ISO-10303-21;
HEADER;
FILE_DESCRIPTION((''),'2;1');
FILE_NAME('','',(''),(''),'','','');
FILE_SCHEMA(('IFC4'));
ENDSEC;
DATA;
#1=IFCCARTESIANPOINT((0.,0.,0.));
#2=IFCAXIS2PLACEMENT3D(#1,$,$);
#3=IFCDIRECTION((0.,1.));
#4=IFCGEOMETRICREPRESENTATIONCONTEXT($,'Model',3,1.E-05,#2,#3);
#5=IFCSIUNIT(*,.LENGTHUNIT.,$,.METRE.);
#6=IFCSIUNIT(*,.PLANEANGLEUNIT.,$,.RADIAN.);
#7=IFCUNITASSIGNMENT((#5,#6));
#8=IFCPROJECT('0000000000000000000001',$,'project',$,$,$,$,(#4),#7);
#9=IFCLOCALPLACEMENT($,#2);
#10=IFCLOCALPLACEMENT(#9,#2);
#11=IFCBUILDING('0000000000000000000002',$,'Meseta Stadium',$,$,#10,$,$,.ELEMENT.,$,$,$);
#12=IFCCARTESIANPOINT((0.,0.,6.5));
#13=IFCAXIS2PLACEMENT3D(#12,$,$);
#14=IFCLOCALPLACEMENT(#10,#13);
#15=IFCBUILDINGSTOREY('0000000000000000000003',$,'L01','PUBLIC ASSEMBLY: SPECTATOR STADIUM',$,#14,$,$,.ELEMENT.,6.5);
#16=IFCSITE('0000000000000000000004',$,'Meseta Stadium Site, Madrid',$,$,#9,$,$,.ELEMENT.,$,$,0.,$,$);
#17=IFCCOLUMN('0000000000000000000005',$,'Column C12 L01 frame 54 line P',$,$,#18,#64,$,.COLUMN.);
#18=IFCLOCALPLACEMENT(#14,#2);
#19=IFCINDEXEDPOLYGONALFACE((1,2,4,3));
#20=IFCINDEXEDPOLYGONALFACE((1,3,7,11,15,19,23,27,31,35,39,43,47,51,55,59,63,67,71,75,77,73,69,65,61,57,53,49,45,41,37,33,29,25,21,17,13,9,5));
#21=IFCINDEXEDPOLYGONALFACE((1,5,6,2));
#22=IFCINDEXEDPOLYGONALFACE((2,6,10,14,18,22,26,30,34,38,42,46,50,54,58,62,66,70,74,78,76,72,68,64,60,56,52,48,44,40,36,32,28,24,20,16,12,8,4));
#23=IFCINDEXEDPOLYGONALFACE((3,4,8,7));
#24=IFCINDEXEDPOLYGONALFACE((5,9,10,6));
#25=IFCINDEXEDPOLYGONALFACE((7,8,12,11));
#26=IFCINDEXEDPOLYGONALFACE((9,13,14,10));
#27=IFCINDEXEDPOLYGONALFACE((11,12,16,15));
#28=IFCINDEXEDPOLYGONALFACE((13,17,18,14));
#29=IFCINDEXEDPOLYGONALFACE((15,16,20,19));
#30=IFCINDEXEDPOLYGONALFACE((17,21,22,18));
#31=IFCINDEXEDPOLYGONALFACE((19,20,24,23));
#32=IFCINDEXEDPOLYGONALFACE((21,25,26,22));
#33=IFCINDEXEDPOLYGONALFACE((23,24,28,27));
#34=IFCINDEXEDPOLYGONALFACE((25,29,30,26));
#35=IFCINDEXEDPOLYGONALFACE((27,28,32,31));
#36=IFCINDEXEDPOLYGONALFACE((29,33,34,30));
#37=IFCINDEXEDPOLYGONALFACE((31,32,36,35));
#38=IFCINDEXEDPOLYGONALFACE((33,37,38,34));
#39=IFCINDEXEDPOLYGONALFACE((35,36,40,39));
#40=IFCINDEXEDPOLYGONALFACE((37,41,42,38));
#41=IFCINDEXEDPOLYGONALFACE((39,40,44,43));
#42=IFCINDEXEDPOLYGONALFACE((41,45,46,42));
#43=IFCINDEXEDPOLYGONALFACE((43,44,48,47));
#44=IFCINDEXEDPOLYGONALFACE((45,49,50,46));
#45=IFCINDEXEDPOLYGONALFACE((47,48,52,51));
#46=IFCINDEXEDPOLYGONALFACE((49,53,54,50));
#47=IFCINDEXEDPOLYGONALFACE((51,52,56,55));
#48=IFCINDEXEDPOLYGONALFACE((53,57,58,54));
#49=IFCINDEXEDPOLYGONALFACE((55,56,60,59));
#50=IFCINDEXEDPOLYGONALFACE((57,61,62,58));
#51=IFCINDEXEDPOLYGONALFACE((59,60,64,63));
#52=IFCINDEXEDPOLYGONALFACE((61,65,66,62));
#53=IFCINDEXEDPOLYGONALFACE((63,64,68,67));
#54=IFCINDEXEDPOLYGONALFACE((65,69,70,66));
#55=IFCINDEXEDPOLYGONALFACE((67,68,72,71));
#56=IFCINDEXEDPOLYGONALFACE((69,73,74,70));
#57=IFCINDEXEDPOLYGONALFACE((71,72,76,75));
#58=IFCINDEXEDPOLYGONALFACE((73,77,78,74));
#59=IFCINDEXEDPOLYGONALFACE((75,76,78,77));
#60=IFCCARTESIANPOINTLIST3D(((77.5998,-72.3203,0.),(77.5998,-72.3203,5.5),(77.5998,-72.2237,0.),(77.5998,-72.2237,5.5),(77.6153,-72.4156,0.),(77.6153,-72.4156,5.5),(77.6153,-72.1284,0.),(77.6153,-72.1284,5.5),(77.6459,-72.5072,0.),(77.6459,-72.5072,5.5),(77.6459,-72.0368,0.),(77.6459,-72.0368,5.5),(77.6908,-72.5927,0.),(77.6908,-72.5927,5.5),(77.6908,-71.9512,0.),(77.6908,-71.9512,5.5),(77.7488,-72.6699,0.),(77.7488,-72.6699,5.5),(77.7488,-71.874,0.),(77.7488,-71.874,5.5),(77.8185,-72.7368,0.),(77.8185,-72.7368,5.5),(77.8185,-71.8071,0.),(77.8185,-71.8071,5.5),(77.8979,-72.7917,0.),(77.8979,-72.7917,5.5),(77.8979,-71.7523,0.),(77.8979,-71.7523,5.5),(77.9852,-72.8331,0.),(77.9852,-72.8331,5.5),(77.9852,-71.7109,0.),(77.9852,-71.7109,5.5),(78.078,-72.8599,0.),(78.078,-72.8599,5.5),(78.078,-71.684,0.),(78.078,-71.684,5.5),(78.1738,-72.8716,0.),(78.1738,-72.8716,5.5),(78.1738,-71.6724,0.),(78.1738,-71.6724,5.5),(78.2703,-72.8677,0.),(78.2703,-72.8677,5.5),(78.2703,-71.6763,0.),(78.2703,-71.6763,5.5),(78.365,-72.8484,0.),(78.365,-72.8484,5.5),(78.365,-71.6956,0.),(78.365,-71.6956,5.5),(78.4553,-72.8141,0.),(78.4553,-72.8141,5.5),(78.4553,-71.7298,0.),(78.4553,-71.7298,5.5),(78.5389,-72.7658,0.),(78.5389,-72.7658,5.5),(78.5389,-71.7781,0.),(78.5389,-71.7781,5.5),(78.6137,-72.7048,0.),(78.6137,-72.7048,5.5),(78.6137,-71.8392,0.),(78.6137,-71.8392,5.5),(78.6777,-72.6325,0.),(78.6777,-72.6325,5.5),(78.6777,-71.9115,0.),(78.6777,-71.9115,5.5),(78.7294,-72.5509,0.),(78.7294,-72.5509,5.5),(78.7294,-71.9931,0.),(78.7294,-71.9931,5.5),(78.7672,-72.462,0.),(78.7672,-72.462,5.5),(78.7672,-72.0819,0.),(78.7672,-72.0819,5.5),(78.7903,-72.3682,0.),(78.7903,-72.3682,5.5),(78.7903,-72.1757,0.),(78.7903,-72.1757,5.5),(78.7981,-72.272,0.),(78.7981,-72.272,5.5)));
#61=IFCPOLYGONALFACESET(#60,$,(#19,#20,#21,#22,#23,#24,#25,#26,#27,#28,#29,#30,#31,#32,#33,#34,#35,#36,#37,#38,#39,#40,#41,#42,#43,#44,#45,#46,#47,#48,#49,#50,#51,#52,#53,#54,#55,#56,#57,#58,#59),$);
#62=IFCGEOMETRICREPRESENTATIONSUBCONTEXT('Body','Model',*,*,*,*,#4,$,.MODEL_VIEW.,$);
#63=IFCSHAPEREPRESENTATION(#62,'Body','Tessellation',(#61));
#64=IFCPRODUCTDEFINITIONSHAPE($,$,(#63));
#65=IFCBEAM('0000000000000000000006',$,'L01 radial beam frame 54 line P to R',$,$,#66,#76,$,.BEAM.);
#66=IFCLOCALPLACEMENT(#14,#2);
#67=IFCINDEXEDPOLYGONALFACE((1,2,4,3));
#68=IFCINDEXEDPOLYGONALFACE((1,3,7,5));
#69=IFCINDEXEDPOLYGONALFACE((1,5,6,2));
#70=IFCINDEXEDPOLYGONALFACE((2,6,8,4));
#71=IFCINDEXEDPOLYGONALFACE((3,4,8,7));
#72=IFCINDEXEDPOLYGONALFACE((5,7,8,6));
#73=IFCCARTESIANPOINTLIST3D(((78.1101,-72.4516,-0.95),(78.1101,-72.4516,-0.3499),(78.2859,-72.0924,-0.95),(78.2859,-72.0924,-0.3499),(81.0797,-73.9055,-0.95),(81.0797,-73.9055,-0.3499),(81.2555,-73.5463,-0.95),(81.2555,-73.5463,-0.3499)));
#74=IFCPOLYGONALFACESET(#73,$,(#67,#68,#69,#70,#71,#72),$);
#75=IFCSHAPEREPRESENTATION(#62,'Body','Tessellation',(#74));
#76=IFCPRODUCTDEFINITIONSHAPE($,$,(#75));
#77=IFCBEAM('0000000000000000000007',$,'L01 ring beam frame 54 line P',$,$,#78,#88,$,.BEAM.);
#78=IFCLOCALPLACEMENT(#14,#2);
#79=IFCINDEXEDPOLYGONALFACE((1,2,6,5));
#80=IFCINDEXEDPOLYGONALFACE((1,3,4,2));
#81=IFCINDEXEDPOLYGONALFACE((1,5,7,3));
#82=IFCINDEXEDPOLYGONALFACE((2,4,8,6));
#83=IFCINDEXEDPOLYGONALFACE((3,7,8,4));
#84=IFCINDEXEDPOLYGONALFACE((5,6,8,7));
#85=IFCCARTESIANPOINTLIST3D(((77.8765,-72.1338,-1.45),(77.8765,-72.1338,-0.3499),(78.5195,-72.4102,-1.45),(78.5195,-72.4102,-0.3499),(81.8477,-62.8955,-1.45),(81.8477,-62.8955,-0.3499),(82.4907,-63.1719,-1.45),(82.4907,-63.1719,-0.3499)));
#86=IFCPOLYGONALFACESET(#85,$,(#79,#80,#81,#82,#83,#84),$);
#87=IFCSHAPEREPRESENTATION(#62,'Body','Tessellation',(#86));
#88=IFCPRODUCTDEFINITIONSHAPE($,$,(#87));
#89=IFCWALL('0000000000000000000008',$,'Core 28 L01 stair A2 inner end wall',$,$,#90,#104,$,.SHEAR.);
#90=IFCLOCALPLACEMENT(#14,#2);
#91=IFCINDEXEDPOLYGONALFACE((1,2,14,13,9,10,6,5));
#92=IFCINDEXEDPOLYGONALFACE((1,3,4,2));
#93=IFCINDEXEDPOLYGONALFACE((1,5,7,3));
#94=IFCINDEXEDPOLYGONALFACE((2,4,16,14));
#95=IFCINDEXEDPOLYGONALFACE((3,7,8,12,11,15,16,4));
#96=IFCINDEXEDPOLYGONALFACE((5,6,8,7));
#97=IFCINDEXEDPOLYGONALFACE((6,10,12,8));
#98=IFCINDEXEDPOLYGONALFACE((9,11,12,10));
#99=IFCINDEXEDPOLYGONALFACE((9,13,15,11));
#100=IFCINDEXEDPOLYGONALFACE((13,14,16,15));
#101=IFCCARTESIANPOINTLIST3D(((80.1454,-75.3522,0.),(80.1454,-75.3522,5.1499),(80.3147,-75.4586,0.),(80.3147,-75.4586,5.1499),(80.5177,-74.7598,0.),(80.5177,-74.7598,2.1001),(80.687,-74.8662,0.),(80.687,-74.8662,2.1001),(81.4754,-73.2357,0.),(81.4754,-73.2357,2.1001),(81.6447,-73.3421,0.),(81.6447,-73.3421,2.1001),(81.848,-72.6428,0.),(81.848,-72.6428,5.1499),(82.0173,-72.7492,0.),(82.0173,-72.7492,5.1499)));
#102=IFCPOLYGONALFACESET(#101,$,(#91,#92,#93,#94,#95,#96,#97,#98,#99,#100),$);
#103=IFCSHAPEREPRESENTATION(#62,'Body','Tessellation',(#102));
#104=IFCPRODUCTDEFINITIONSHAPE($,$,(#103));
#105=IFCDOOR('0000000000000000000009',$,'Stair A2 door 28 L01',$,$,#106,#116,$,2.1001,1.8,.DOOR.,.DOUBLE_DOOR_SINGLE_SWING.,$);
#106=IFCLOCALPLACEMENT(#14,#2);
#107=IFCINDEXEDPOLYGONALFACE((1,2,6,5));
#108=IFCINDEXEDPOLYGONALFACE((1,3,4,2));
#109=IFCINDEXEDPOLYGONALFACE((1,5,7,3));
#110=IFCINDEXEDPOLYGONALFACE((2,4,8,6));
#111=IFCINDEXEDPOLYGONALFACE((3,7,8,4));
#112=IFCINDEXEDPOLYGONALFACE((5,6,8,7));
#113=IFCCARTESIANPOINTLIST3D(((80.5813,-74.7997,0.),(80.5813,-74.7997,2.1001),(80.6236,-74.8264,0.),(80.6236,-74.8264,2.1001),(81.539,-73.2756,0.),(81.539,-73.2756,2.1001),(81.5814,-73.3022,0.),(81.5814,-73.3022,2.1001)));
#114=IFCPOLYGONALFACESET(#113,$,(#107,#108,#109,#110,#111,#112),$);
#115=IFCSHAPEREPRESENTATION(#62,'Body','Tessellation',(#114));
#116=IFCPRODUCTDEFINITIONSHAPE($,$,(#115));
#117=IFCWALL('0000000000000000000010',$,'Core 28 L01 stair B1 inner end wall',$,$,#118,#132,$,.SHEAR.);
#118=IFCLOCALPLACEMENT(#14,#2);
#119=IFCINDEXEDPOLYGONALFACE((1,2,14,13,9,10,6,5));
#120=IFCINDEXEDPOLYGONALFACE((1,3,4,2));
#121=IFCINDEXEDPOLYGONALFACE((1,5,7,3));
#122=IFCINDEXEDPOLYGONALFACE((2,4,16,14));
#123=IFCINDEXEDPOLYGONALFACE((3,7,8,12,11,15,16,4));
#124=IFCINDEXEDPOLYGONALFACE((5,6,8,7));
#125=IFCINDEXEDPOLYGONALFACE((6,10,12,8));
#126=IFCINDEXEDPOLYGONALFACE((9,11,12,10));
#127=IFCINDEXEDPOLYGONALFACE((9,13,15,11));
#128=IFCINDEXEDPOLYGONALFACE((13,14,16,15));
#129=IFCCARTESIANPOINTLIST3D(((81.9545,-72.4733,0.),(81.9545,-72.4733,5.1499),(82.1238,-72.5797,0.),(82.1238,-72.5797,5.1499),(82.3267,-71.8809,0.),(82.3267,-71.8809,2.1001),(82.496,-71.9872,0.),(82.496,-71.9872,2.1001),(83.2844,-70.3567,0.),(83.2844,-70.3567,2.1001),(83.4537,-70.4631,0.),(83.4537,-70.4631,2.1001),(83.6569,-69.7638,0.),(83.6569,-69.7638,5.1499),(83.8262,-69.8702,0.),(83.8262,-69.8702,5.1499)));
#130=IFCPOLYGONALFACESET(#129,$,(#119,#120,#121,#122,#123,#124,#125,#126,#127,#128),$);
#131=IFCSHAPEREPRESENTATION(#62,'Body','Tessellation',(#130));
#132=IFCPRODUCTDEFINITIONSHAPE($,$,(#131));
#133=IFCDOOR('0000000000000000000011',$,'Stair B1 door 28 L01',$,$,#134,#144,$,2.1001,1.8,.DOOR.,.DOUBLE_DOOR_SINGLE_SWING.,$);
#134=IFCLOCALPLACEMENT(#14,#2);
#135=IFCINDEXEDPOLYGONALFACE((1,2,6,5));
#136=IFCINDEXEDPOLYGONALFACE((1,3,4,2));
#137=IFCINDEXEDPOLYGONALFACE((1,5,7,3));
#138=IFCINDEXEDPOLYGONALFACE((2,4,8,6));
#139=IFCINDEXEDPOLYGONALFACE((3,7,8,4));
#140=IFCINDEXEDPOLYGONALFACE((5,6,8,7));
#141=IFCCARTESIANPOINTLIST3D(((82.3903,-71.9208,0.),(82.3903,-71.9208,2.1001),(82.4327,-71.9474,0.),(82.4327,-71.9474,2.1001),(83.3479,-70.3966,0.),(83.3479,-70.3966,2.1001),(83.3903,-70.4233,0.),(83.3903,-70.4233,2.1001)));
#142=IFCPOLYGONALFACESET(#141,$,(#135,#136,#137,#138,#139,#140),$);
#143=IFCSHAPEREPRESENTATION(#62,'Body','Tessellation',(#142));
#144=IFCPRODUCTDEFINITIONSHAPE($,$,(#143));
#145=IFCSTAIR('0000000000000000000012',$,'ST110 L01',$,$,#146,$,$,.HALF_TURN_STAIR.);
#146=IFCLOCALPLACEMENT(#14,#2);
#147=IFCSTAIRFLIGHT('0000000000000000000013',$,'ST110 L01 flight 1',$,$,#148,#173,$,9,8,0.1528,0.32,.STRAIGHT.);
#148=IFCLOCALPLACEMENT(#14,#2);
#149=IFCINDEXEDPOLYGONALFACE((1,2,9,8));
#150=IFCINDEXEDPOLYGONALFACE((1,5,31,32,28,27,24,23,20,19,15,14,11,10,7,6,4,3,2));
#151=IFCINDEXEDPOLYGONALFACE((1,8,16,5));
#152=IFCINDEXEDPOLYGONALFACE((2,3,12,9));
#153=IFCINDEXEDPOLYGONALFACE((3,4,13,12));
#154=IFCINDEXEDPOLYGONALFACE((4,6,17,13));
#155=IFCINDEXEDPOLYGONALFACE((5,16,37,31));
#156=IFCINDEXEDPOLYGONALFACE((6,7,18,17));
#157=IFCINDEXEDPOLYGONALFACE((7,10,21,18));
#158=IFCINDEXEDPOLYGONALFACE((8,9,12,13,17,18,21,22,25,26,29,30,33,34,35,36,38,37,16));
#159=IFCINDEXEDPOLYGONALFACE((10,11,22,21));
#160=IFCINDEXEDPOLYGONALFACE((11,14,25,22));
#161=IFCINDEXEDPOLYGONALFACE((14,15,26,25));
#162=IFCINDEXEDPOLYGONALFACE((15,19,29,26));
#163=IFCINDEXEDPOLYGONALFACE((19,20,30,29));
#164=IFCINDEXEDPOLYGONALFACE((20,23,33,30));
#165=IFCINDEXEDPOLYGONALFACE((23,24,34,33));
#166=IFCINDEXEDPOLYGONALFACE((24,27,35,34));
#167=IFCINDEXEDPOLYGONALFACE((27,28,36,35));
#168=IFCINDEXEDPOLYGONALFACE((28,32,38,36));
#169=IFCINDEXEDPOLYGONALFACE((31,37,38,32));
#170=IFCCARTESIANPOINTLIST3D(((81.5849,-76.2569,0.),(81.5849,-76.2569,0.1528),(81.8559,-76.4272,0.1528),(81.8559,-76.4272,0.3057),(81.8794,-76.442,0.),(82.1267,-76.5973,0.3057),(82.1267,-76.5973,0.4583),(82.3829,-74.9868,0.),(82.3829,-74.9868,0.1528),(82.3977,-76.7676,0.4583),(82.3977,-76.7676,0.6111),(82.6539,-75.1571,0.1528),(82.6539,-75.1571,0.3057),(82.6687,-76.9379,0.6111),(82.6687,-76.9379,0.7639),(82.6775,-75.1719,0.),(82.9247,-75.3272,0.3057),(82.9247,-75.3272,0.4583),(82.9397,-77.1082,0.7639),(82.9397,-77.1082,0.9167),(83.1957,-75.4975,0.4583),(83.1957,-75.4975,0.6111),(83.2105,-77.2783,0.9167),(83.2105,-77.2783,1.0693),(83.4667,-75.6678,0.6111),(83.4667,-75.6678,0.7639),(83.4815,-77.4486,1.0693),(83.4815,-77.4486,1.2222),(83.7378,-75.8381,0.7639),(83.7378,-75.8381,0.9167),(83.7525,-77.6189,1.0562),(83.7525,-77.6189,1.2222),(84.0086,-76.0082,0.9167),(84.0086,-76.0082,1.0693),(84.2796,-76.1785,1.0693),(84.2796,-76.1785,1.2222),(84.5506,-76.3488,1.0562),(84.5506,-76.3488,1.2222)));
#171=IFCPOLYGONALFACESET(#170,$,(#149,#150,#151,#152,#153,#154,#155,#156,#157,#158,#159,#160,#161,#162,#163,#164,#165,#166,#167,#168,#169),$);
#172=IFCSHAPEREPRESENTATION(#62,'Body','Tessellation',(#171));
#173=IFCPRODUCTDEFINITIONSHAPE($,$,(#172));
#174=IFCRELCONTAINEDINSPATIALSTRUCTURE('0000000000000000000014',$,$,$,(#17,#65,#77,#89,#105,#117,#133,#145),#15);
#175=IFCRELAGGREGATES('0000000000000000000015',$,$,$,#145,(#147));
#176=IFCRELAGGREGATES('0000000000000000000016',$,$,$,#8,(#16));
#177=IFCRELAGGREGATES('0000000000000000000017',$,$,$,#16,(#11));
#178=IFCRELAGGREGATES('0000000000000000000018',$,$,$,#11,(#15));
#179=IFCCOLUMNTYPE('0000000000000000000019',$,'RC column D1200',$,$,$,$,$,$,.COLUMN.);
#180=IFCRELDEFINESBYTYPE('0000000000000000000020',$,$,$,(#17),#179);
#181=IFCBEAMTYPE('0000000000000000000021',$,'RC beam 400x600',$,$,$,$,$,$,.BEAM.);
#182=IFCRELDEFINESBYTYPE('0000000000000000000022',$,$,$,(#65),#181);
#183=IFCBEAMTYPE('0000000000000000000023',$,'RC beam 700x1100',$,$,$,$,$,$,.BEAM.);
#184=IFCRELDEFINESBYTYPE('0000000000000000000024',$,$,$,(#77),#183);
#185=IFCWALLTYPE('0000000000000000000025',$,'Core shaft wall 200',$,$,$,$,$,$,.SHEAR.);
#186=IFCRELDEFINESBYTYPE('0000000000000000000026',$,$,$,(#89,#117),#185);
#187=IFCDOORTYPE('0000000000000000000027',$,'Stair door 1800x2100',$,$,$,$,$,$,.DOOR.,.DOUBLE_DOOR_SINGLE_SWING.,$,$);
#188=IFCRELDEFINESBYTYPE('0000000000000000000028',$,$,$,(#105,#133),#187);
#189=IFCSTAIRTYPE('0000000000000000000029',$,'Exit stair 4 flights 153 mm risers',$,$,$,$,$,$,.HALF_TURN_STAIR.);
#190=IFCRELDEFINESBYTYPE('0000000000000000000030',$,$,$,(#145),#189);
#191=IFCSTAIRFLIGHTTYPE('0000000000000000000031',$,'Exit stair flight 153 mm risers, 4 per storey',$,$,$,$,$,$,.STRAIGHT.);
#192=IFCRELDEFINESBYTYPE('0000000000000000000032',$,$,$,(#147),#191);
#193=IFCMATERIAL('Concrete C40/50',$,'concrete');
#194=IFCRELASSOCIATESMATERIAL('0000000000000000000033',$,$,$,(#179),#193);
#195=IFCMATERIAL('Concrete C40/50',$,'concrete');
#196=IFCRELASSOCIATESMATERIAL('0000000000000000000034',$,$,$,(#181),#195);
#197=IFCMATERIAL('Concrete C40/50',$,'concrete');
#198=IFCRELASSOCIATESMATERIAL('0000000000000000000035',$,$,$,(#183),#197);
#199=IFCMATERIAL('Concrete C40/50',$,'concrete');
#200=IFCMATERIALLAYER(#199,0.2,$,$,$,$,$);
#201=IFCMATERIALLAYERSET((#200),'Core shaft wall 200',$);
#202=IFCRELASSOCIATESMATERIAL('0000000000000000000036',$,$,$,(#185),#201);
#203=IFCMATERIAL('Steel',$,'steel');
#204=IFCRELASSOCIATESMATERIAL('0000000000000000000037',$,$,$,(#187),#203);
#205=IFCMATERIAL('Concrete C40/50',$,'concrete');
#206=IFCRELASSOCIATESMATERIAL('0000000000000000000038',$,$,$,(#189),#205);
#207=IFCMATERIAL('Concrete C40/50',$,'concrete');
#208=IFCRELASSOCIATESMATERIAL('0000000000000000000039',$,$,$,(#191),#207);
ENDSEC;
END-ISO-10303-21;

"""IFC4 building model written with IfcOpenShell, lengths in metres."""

from ifc_helpers import new_model, si_unit, direction, frame, frame_2d, origin, origin_2d, place, context, subcontext, project, spatial, polyline, rectangle, circle, outline, extrude, material, layer, layer_set, material_profile, profile_set, type_object, element, fill, aggregate, save


model = new_model("IFC4")

# Units and contexts
model_context = context("Model", 3, precision=1e-05, world=origin(), true_north=direction((0.0, 1.0)))
body_context = subcontext(model_context, "Body", "Model", "MODEL_VIEW")
ifc_project = project(units=[si_unit("LENGTHUNIT", "METRE"), si_unit("PLANEANGLEUNIT", "RADIAN")], contexts=[model_context])

# Site, building, storey
site_placement = place(None, origin())
site = spatial("IfcSite", under=ifc_project, at=site_placement, Name="Meseta Stadium Site, Madrid", CompositionType="ELEMENT", RefElevation=0.0)
building_placement = place(site_placement, origin())
building = spatial("IfcBuilding", under=site, at=building_placement, Name="Meseta Stadium", CompositionType="ELEMENT")
storey_placement = place(building_placement, frame((0.0, 0.0, 6.5)))
storey = spatial("IfcBuildingStorey", under=building, at=storey_placement, Name="L01", Description="PUBLIC ASSEMBLY: SPECTATOR STADIUM", CompositionType="ELEMENT", Elevation=6.5)

# Column
ifc_material_1 = material(Name="Concrete C40/50", Category="concrete")
ifc_material_profile_1 = material_profile(ifc_material_1, circle(Radius=0.6001, at=origin_2d()), Name="RC D1200")
ifc_profile_set_1 = profile_set([ifc_material_profile_1], Name="Concrete C40/50")
column_type = type_object("IfcColumnType", Name="RC column D1200", PredefinedType="COLUMN", material=ifc_profile_set_1)
column_placement = place(storey_placement, frame((78.198, -72.272, 0.0), z_axis=(0.0, 0.0, 1.0), x_axis=(1.0, 0.0, 0.0)))
element("IfcColumn", 1, at=column_placement, inside=storey, type_object=column_type, Name="Column C12 L01 frame 54 line P", PredefinedType="COLUMN", context=body_context, shape_type="SweptSolid", body=[
    extrude(circle(Radius=0.6001, at=origin_2d()), origin(), (0.0, 0.0, 1.0), 5.5),
])

# Beams
ifc_material_2 = material(Name="Concrete C40/50", Category="concrete")
ifc_material_profile_2 = material_profile(ifc_material_2, rectangle(XDim=0.3999, YDim=0.6001, at=origin_2d()), Name="RC 400x600")
ifc_profile_set_2 = profile_set([ifc_material_profile_2], Name="Concrete C40/50")
beam_type_1 = type_object("IfcBeamType", Name="RC beam 400x600", PredefinedType="BEAM", material=ifc_profile_set_2)
beam_1_placement = place(storey_placement, frame((78.198, -72.272, -0.6499), z_axis=(0.898132, -0.439725, 0.0), x_axis=(0.439725, 0.898132, 0.0)))
element("IfcBeam", 2, at=beam_1_placement, inside=storey, type_object=beam_type_1, Name="L01 radial beam frame 54 line P to R", PredefinedType="BEAM", context=body_context, shape_type="SweptSolid", body=[
    extrude(rectangle(XDim=0.3999, YDim=0.6001, at=origin_2d()), origin(), (0.0, 0.0, 1.0), 3.3064),
])
ifc_material_3 = material(Name="Concrete C40/50", Category="concrete")
ifc_material_profile_3 = material_profile(ifc_material_3, rectangle(XDim=0.7, YDim=1.1001, at=origin_2d()), Name="RC 700x1100")
ifc_profile_set_3 = profile_set([ifc_material_profile_3], Name="Concrete C40/50")
beam_type_2 = type_object("IfcBeamType", Name="RC beam 700x1100", PredefinedType="BEAM", material=ifc_profile_set_3)
beam_2_placement = place(storey_placement, frame((78.198, -72.272, -0.8999), z_axis=(0.394921, 0.918715, 0.0), x_axis=(-0.918715, 0.394921, 0.0)))
element("IfcBeam", 3, at=beam_2_placement, inside=storey, type_object=beam_type_2, Name="L01 ring beam frame 54 line P", PredefinedType="BEAM", context=body_context, shape_type="SweptSolid", body=[
    extrude(rectangle(XDim=0.7, YDim=1.1001, at=origin_2d()), origin(), (0.0, 0.0, 1.0), 10.0557),
])

# Walls, openings, doors
ifc_material_4 = material(Name="Concrete C40/50", Category="concrete")
ifc_layer = layer(ifc_material_4, 0.2)
ifc_layer_set = layer_set([ifc_layer], Name="Core shaft wall 200")
wall_type = type_object("IfcWallType", Name="Core shaft wall 200", PredefinedType="SHEAR", material=ifc_layer_set)
wall_1_placement = place(storey_placement, frame((80.23, -75.4055, 0.0), z_axis=(0.0, 0.0, 1.0), x_axis=(0.532068, 0.846701, 0.0)))
wall_1 = element("IfcWall", 4, at=wall_1_placement, inside=storey, type_object=wall_type, Name="Core 28 L01 stair A2 inner end wall", PredefinedType="SHEAR", context=body_context, shape_type="SweptSolid", body=[
    extrude(rectangle(XDim=3.2, YDim=0.2, at=frame_2d((1.6001, 0.0))), origin(), (0.0, 0.0, 1.0), 5.1499),
])
opening_1_placement = place(wall_1_placement, frame((0.7, 0.0, 0.0)))
opening_1 = element("IfcOpeningElement", 5, at=opening_1_placement, cuts=wall_1, PredefinedType="OPENING", context=body_context, shape_type="SweptSolid", body=[
    extrude(rectangle(XDim=1.8, YDim=2.1001, at=frame_2d((0.8999, 1.05))), frame((0.0, 0.1099, 0.0), z_axis=(0.0, -1.0, 0.0), x_axis=(1.0, 0.0, 0.0)), (0.0, 0.0, 1.0), 0.22),
])
ifc_material_5 = material(Name="Steel", Category="steel")
door_type = type_object("IfcDoorType", Name="Stair door 1800x2100", OperationType="DOUBLE_DOOR_SINGLE_SWING", PredefinedType="DOOR", material=ifc_material_5)
door_1_placement = place(opening_1_placement, origin())
door_1 = element("IfcDoor", 6, at=door_1_placement, inside=storey, type_object=door_type, Name="Stair A2 door 28 L01", OperationType="DOUBLE_DOOR_SINGLE_SWING", OverallHeight=2.1001, OverallWidth=1.8, PredefinedType="DOOR", context=body_context, shape_type="SweptSolid", body=[
    extrude(rectangle(XDim=1.8, YDim=2.1001, at=frame_2d((0.8999, 1.05))), frame((0.0, 0.0249, 0.0), z_axis=(0.0, -1.0, 0.0), x_axis=(1.0, 0.0, 0.0)), (0.0, 0.0, 1.0), 0.05),
])
fill(opening_1, door_1)
wall_2_placement = place(storey_placement, frame((82.0391, -72.5266, 0.0), z_axis=(0.0, 0.0, 1.0), x_axis=(0.532014, 0.846736, 0.0)))
wall_2 = element("IfcWall", 7, at=wall_2_placement, inside=storey, type_object=wall_type, Name="Core 28 L01 stair B1 inner end wall", PredefinedType="SHEAR", context=body_context, shape_type="SweptSolid", body=[
    extrude(rectangle(XDim=3.2, YDim=0.2, at=frame_2d((1.6001, 0.0))), origin(), (0.0, 0.0, 1.0), 5.1499),
])
opening_2_placement = place(wall_2_placement, frame((0.7, 0.0, 0.0)))
opening_2 = element("IfcOpeningElement", 8, at=opening_2_placement, cuts=wall_2, PredefinedType="OPENING", context=body_context, shape_type="SweptSolid", body=[
    extrude(rectangle(XDim=1.8, YDim=2.1001, at=frame_2d((0.8999, 1.05))), frame((0.0, 0.1099, 0.0), z_axis=(0.0, -1.0, 0.0), x_axis=(1.0, 0.0, 0.0)), (0.0, 0.0, 1.0), 0.22),
])
door_2_placement = place(opening_2_placement, origin())
door_2 = element("IfcDoor", 9, at=door_2_placement, inside=storey, type_object=door_type, Name="Stair B1 door 28 L01", OperationType="DOUBLE_DOOR_SINGLE_SWING", OverallHeight=2.1001, OverallWidth=1.8, PredefinedType="DOOR", context=body_context, shape_type="SweptSolid", body=[
    extrude(rectangle(XDim=1.8, YDim=2.1001, at=frame_2d((0.8999, 1.05))), frame((0.0, 0.0249, 0.0), z_axis=(0.0, -1.0, 0.0), x_axis=(1.0, 0.0, 0.0)), (0.0, 0.0, 1.0), 0.05),
])
fill(opening_2, door_2)

# Stair, stair flight
ifc_material_6 = material(Name="Concrete C40/50", Category="concrete")
stair_type = type_object("IfcStairType", Name="Exit stair 4 flights 153 mm risers", PredefinedType="HALF_TURN_STAIR", material=ifc_material_6)
stair_1_placement = place(storey_placement, origin())
stair_1 = element("IfcStair", 10, at=stair_1_placement, inside=storey, type_object=stair_type, Name="ST110 L01", PredefinedType="HALF_TURN_STAIR")
ifc_material_7 = material(Name="Concrete C40/50", Category="concrete")
stair_flight_type = type_object("IfcStairFlightType", Name="Exit stair flight 153 mm risers, 4 per storey", PredefinedType="STRAIGHT", material=ifc_material_7)
stair_flight_1_placement = place(storey_placement, frame((81.9839, -75.6218, 0.0), z_axis=(0.0, 0.0, 1.0), x_axis=(0.846724, -0.532032, 0.0)))
stair_flight_1 = element("IfcStairFlight", 11, at=stair_flight_1_placement, type_object=stair_flight_type, Name="ST110 L01 flight 1", NumberOfRisers=9, NumberOfTreads=8, PredefinedType="STRAIGHT", RiserHeight=0.1528, TreadLength=0.32, context=body_context, shape_type="SweptSolid", body=[
    extrude(outline(polyline([(0.0, 0.0), (0.0, 0.1528), (0.3201, 0.1528), (0.3201, 0.3057), (0.6399, 0.3057), (0.6399, 0.4583), (0.96, 0.4583), (0.96, 0.6111), (1.28, 0.6111), (1.28, 0.7639), (1.6001, 0.7639), (1.6001, 0.9167), (1.9199, 0.9167), (1.9199, 1.0693), (2.24, 1.0693), (2.24, 1.2222), (2.5601, 1.2222), (2.5601, 1.0562), (0.3479, 0.0), (0.0, 0.0)])), frame((0.0, 0.75, 0.0), z_axis=(0.0, -1.0, 0.0), x_axis=(1.0, 0.0, 0.0)), (0.0, 0.0, 1.0), 1.5),
])
aggregate(stair_1, [stair_flight_1])

save(model, "model.ifc")
